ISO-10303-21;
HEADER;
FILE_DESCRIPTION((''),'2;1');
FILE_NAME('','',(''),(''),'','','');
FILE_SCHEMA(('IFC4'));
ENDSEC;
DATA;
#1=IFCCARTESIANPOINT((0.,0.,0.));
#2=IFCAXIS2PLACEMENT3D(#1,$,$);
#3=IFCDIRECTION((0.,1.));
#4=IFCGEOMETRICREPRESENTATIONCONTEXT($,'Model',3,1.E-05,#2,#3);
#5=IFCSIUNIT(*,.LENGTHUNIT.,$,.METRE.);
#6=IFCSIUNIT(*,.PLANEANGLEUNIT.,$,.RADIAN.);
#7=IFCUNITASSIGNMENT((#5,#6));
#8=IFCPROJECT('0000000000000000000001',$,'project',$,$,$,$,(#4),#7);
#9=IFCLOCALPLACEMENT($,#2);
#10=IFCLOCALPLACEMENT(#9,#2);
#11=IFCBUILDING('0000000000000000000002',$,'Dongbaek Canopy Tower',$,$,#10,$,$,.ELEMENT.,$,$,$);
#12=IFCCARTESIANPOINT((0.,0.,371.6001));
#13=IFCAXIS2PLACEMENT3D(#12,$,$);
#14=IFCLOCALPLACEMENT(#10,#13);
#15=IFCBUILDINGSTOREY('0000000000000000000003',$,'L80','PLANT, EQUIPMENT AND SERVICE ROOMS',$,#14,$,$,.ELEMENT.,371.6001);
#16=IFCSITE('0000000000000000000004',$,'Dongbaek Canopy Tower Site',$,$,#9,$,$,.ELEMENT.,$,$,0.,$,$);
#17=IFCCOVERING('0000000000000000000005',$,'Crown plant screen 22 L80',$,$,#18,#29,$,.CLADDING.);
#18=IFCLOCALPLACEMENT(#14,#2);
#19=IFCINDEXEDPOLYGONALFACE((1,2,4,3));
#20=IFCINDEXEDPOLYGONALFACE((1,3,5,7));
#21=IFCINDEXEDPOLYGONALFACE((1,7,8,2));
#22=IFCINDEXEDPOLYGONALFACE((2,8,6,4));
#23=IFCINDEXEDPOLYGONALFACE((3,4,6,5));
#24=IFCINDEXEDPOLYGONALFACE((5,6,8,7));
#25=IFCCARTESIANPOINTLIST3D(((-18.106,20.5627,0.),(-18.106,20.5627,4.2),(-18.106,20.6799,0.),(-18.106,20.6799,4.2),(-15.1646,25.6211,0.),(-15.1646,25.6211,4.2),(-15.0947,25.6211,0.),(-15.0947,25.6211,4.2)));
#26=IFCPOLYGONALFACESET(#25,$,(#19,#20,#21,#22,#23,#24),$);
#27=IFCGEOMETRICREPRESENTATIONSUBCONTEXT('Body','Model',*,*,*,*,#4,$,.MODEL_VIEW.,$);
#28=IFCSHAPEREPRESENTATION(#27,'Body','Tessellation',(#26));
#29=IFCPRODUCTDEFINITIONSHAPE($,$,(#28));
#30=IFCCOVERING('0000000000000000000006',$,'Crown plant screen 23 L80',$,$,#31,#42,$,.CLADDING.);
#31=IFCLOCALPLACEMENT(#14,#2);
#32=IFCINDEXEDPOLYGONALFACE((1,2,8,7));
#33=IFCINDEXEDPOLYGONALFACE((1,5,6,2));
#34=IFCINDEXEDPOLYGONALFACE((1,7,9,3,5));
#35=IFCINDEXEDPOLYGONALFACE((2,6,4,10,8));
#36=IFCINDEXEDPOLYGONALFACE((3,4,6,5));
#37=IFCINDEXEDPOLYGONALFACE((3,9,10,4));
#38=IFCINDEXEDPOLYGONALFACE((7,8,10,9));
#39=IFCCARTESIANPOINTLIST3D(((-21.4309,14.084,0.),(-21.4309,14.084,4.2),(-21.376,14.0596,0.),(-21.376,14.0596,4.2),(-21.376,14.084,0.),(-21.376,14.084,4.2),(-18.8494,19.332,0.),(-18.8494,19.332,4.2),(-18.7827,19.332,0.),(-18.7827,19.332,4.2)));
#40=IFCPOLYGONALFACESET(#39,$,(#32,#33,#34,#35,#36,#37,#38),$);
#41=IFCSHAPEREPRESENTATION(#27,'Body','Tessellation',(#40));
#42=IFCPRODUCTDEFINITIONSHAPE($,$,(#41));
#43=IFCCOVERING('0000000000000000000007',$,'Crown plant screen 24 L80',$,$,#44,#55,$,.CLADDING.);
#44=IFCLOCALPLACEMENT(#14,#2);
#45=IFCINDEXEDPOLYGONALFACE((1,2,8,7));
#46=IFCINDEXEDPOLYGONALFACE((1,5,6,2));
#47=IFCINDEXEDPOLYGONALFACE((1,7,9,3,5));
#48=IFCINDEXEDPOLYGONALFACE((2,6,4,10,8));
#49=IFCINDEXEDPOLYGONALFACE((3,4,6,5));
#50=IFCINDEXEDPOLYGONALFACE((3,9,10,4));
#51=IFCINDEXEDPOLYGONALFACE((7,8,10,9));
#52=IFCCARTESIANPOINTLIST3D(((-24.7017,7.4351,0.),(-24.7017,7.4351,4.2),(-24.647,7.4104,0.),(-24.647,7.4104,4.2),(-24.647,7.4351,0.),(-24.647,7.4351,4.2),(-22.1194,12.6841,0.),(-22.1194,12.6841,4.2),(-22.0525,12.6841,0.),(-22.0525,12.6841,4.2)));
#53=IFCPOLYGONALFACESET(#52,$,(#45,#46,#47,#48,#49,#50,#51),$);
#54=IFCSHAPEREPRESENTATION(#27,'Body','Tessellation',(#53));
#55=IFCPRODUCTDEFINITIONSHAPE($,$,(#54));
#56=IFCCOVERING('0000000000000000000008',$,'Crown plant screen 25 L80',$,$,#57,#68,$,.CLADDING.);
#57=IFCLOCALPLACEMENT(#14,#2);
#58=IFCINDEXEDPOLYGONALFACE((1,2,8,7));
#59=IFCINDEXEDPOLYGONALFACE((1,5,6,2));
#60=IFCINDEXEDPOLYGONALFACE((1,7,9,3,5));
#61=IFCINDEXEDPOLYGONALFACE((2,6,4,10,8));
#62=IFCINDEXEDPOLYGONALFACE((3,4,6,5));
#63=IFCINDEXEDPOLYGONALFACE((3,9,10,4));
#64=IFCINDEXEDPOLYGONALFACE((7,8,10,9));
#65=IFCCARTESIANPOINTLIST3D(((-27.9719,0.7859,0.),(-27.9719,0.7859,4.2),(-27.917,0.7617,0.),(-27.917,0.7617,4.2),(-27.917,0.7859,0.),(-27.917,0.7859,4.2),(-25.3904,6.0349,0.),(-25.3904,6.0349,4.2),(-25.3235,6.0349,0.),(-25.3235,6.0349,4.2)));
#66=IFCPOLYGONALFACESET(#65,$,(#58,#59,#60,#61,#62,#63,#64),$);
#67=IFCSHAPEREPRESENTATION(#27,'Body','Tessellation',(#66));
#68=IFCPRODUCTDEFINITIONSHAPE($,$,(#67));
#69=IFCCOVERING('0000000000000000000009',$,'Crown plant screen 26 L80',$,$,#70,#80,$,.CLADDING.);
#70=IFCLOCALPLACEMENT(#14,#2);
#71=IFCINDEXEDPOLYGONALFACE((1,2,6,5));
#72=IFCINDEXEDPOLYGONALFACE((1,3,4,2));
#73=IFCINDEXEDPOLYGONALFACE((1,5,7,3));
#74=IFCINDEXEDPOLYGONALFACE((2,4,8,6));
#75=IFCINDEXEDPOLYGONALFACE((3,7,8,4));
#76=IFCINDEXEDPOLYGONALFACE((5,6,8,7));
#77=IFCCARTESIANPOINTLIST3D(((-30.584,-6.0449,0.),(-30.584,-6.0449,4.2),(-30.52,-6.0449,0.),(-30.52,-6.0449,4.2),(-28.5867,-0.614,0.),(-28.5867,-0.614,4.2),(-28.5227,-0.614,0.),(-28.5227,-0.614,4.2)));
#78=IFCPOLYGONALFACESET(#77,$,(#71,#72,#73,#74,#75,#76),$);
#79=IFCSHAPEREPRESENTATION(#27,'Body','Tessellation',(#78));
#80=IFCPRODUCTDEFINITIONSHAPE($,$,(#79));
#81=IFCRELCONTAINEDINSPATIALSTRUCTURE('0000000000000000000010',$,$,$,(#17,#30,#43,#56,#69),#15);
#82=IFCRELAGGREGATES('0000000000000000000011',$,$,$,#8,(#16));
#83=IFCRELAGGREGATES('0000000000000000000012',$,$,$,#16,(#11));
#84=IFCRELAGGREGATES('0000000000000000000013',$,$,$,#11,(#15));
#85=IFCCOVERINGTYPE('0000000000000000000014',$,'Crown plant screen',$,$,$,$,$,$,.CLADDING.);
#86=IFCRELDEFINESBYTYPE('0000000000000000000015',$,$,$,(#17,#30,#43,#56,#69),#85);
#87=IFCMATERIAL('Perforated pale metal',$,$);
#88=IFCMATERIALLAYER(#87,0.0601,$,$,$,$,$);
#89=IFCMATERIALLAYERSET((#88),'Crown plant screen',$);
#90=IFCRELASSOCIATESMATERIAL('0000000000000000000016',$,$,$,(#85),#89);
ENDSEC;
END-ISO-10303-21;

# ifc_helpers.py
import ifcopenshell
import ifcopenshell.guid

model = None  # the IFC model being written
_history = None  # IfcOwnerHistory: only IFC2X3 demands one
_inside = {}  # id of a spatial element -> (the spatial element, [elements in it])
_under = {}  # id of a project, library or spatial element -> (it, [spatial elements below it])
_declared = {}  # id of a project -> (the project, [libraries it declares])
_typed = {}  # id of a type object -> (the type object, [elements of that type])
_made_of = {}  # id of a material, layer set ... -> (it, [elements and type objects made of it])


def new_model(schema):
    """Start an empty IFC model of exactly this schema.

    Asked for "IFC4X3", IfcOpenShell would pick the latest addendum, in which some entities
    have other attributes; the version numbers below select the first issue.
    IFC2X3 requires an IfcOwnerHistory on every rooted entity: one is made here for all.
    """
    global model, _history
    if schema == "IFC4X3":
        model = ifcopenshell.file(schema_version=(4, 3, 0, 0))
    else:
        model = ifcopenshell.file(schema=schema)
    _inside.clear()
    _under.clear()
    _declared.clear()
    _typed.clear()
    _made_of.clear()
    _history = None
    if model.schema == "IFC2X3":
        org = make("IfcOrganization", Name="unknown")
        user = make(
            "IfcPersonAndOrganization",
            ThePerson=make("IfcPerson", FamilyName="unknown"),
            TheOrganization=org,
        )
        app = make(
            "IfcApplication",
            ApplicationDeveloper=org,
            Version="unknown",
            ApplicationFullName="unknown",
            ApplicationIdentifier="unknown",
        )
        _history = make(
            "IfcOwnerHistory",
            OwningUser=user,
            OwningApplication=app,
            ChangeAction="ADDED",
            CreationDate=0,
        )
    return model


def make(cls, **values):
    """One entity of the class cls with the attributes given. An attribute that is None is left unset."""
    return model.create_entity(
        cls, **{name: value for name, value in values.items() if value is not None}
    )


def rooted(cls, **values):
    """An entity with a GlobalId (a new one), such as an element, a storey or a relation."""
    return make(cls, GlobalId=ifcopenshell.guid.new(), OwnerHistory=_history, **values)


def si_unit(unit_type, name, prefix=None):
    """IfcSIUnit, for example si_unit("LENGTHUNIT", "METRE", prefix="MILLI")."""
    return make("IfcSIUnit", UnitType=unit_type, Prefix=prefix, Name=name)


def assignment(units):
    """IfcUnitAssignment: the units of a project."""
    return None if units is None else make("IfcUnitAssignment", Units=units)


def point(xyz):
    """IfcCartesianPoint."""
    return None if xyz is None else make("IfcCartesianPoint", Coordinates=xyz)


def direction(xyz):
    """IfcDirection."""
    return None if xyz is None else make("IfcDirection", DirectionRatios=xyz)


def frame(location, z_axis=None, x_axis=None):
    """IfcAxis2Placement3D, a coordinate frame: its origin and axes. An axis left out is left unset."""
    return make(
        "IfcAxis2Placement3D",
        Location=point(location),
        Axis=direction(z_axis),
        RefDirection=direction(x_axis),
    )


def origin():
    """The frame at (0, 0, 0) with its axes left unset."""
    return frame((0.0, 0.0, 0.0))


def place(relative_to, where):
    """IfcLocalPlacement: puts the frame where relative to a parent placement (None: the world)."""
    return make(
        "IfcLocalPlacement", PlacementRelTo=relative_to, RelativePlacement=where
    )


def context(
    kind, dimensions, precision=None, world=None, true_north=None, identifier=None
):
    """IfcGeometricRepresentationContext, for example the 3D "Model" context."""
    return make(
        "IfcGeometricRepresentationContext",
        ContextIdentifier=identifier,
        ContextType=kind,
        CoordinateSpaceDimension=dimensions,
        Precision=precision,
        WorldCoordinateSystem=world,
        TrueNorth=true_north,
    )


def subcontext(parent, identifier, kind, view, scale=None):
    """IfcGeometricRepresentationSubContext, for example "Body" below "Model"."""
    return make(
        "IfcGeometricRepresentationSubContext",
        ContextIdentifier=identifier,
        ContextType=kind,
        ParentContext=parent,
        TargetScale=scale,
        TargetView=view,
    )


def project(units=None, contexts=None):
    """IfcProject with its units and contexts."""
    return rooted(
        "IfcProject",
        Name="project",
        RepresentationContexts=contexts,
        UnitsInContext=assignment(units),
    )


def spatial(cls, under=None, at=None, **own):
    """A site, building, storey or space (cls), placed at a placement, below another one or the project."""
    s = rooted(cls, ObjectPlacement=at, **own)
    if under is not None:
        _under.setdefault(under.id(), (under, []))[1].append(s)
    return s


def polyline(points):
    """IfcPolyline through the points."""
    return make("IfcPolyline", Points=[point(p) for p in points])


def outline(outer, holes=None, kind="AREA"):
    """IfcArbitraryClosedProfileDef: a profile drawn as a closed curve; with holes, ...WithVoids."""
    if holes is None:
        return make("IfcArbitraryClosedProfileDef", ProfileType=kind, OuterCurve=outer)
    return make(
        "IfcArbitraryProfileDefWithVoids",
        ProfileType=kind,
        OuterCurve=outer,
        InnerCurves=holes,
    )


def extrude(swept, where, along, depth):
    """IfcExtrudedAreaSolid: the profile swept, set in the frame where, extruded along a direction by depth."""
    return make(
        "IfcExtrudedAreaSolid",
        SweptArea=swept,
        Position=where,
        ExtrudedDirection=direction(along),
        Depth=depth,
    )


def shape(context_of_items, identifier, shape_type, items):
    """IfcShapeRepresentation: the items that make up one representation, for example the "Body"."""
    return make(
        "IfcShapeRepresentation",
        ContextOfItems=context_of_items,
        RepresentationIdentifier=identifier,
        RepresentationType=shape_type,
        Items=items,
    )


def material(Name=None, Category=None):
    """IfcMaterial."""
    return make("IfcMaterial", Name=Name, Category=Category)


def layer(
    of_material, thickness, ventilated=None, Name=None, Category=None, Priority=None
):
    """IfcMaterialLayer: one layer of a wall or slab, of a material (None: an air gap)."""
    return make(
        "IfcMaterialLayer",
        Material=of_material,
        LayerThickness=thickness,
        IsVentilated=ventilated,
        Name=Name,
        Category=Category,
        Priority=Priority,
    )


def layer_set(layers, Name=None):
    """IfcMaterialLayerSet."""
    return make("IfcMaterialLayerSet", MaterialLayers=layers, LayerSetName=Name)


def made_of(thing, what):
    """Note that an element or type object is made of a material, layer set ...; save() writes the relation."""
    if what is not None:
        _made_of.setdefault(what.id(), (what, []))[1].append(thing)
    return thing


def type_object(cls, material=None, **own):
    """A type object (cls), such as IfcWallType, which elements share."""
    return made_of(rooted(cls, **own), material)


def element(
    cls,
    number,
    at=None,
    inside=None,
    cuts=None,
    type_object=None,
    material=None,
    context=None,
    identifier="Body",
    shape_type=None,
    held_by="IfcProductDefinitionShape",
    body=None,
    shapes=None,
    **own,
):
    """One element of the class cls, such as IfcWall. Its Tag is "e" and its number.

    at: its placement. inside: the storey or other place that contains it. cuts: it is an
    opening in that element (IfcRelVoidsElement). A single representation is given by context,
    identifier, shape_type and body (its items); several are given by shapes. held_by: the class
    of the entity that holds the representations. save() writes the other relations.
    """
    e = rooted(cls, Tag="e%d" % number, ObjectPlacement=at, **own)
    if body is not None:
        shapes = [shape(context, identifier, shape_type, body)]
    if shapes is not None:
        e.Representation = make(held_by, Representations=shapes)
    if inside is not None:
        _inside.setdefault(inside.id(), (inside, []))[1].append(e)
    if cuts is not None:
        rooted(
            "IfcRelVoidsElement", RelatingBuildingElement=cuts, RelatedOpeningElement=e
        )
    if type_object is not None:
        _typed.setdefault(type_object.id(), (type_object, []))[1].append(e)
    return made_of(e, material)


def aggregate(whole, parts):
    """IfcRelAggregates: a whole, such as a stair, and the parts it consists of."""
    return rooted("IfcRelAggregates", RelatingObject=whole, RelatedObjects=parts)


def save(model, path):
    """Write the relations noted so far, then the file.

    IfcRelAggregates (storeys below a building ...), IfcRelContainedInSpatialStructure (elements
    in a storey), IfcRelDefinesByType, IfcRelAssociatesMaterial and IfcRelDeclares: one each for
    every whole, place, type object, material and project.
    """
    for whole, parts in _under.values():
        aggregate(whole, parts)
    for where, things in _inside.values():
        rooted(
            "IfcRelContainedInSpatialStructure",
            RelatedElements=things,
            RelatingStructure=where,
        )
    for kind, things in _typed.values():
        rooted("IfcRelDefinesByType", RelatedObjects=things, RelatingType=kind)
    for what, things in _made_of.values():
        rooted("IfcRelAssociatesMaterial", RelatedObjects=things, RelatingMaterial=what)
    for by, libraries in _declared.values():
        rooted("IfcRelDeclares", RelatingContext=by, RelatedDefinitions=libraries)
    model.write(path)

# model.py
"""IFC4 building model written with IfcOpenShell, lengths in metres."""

from ifc_helpers import new_model, si_unit, direction, frame, origin, place, context, subcontext, project, spatial, polyline, outline, extrude, material, layer, layer_set, type_object, element, save


model = new_model("IFC4")

# Units and contexts
model_context = context("Model", 3, precision=1e-05, world=origin(), true_north=direction((0.0, 1.0)))
body_context = subcontext(model_context, "Body", "Model", "MODEL_VIEW")
ifc_project = project(units=[si_unit("LENGTHUNIT", "METRE"), si_unit("PLANEANGLEUNIT", "RADIAN")], contexts=[model_context])

# Site, building, storey
site_placement = place(None, origin())
site = spatial("IfcSite", under=ifc_project, at=site_placement, Name="Dongbaek Canopy Tower Site", CompositionType="ELEMENT", RefElevation=0.0)
building_placement = place(site_placement, origin())
building = spatial("IfcBuilding", under=site, at=building_placement, Name="Dongbaek Canopy Tower", CompositionType="ELEMENT")
storey_placement = place(building_placement, frame((0.0, 0.0, 371.6001)))
storey = spatial("IfcBuildingStorey", under=building, at=storey_placement, Name="L80", Description="PLANT, EQUIPMENT AND SERVICE ROOMS", CompositionType="ELEMENT", Elevation=371.6001)

# Coverings
ifc_material_1 = material(Name="Perforated pale metal")
ifc_layer_1 = layer(ifc_material_1, 0.0601)
ifc_layer_set_1 = layer_set([ifc_layer_1], Name="Crown plant screen")
covering_type = type_object("IfcCoveringType", Name="Crown plant screen", PredefinedType="CLADDING", material=ifc_layer_set_1)
covering_1_placement = place(storey_placement, origin())
element("IfcCovering", 1, at=covering_1_placement, inside=storey, type_object=covering_type, Name="Crown plant screen 22 L80", PredefinedType="CLADDING", context=body_context, shape_type="SweptSolid", body=[
    extrude(outline(polyline([(-15.1646, 25.6211), (-15.0947, 25.6211), (-18.106, 20.5627), (-18.106, 20.6799), (-15.1646, 25.6211)])), origin(), (0.0, 0.0, 1.0), 4.2),
])
covering_2_placement = place(storey_placement, origin())
element("IfcCovering", 2, at=covering_2_placement, inside=storey, type_object=covering_type, Name="Crown plant screen 23 L80", PredefinedType="CLADDING", context=body_context, shape_type="SweptSolid", body=[
    extrude(outline(polyline([(-18.8494, 19.332), (-18.7827, 19.332), (-21.376, 14.0596), (-21.376, 14.084), (-21.4309, 14.084), (-18.8494, 19.332)])), origin(), (0.0, 0.0, 1.0), 4.2),
])
covering_3_placement = place(storey_placement, origin())
element("IfcCovering", 3, at=covering_3_placement, inside=storey, type_object=covering_type, Name="Crown plant screen 24 L80", PredefinedType="CLADDING", context=body_context, shape_type="SweptSolid", body=[
    extrude(outline(polyline([(-22.1194, 12.6841), (-22.0525, 12.6841), (-24.647, 7.4104), (-24.647, 7.4351), (-24.7017, 7.4351), (-22.1194, 12.6841)])), origin(), (0.0, 0.0, 1.0), 4.2),
])
covering_4_placement = place(storey_placement, origin())
element("IfcCovering", 4, at=covering_4_placement, inside=storey, type_object=covering_type, Name="Crown plant screen 25 L80", PredefinedType="CLADDING", context=body_context, shape_type="SweptSolid", body=[
    extrude(outline(polyline([(-25.3904, 6.0349), (-25.3235, 6.0349), (-27.917, 0.7617), (-27.917, 0.7859), (-27.9719, 0.7859), (-25.3904, 6.0349)])), origin(), (0.0, 0.0, 1.0), 4.2),
])
covering_5_placement = place(storey_placement, origin())
element("IfcCovering", 5, at=covering_5_placement, inside=storey, type_object=covering_type, Name="Crown plant screen 26 L80", PredefinedType="CLADDING", context=body_context, shape_type="SweptSolid", body=[
    extrude(outline(polyline([(-28.5867, -0.614), (-28.5227, -0.614), (-30.52, -6.0449), (-30.584, -6.0449), (-28.5867, -0.614)])), origin(), (0.0, 0.0, 1.0), 4.2),
])

save(model, "model.ifc")
